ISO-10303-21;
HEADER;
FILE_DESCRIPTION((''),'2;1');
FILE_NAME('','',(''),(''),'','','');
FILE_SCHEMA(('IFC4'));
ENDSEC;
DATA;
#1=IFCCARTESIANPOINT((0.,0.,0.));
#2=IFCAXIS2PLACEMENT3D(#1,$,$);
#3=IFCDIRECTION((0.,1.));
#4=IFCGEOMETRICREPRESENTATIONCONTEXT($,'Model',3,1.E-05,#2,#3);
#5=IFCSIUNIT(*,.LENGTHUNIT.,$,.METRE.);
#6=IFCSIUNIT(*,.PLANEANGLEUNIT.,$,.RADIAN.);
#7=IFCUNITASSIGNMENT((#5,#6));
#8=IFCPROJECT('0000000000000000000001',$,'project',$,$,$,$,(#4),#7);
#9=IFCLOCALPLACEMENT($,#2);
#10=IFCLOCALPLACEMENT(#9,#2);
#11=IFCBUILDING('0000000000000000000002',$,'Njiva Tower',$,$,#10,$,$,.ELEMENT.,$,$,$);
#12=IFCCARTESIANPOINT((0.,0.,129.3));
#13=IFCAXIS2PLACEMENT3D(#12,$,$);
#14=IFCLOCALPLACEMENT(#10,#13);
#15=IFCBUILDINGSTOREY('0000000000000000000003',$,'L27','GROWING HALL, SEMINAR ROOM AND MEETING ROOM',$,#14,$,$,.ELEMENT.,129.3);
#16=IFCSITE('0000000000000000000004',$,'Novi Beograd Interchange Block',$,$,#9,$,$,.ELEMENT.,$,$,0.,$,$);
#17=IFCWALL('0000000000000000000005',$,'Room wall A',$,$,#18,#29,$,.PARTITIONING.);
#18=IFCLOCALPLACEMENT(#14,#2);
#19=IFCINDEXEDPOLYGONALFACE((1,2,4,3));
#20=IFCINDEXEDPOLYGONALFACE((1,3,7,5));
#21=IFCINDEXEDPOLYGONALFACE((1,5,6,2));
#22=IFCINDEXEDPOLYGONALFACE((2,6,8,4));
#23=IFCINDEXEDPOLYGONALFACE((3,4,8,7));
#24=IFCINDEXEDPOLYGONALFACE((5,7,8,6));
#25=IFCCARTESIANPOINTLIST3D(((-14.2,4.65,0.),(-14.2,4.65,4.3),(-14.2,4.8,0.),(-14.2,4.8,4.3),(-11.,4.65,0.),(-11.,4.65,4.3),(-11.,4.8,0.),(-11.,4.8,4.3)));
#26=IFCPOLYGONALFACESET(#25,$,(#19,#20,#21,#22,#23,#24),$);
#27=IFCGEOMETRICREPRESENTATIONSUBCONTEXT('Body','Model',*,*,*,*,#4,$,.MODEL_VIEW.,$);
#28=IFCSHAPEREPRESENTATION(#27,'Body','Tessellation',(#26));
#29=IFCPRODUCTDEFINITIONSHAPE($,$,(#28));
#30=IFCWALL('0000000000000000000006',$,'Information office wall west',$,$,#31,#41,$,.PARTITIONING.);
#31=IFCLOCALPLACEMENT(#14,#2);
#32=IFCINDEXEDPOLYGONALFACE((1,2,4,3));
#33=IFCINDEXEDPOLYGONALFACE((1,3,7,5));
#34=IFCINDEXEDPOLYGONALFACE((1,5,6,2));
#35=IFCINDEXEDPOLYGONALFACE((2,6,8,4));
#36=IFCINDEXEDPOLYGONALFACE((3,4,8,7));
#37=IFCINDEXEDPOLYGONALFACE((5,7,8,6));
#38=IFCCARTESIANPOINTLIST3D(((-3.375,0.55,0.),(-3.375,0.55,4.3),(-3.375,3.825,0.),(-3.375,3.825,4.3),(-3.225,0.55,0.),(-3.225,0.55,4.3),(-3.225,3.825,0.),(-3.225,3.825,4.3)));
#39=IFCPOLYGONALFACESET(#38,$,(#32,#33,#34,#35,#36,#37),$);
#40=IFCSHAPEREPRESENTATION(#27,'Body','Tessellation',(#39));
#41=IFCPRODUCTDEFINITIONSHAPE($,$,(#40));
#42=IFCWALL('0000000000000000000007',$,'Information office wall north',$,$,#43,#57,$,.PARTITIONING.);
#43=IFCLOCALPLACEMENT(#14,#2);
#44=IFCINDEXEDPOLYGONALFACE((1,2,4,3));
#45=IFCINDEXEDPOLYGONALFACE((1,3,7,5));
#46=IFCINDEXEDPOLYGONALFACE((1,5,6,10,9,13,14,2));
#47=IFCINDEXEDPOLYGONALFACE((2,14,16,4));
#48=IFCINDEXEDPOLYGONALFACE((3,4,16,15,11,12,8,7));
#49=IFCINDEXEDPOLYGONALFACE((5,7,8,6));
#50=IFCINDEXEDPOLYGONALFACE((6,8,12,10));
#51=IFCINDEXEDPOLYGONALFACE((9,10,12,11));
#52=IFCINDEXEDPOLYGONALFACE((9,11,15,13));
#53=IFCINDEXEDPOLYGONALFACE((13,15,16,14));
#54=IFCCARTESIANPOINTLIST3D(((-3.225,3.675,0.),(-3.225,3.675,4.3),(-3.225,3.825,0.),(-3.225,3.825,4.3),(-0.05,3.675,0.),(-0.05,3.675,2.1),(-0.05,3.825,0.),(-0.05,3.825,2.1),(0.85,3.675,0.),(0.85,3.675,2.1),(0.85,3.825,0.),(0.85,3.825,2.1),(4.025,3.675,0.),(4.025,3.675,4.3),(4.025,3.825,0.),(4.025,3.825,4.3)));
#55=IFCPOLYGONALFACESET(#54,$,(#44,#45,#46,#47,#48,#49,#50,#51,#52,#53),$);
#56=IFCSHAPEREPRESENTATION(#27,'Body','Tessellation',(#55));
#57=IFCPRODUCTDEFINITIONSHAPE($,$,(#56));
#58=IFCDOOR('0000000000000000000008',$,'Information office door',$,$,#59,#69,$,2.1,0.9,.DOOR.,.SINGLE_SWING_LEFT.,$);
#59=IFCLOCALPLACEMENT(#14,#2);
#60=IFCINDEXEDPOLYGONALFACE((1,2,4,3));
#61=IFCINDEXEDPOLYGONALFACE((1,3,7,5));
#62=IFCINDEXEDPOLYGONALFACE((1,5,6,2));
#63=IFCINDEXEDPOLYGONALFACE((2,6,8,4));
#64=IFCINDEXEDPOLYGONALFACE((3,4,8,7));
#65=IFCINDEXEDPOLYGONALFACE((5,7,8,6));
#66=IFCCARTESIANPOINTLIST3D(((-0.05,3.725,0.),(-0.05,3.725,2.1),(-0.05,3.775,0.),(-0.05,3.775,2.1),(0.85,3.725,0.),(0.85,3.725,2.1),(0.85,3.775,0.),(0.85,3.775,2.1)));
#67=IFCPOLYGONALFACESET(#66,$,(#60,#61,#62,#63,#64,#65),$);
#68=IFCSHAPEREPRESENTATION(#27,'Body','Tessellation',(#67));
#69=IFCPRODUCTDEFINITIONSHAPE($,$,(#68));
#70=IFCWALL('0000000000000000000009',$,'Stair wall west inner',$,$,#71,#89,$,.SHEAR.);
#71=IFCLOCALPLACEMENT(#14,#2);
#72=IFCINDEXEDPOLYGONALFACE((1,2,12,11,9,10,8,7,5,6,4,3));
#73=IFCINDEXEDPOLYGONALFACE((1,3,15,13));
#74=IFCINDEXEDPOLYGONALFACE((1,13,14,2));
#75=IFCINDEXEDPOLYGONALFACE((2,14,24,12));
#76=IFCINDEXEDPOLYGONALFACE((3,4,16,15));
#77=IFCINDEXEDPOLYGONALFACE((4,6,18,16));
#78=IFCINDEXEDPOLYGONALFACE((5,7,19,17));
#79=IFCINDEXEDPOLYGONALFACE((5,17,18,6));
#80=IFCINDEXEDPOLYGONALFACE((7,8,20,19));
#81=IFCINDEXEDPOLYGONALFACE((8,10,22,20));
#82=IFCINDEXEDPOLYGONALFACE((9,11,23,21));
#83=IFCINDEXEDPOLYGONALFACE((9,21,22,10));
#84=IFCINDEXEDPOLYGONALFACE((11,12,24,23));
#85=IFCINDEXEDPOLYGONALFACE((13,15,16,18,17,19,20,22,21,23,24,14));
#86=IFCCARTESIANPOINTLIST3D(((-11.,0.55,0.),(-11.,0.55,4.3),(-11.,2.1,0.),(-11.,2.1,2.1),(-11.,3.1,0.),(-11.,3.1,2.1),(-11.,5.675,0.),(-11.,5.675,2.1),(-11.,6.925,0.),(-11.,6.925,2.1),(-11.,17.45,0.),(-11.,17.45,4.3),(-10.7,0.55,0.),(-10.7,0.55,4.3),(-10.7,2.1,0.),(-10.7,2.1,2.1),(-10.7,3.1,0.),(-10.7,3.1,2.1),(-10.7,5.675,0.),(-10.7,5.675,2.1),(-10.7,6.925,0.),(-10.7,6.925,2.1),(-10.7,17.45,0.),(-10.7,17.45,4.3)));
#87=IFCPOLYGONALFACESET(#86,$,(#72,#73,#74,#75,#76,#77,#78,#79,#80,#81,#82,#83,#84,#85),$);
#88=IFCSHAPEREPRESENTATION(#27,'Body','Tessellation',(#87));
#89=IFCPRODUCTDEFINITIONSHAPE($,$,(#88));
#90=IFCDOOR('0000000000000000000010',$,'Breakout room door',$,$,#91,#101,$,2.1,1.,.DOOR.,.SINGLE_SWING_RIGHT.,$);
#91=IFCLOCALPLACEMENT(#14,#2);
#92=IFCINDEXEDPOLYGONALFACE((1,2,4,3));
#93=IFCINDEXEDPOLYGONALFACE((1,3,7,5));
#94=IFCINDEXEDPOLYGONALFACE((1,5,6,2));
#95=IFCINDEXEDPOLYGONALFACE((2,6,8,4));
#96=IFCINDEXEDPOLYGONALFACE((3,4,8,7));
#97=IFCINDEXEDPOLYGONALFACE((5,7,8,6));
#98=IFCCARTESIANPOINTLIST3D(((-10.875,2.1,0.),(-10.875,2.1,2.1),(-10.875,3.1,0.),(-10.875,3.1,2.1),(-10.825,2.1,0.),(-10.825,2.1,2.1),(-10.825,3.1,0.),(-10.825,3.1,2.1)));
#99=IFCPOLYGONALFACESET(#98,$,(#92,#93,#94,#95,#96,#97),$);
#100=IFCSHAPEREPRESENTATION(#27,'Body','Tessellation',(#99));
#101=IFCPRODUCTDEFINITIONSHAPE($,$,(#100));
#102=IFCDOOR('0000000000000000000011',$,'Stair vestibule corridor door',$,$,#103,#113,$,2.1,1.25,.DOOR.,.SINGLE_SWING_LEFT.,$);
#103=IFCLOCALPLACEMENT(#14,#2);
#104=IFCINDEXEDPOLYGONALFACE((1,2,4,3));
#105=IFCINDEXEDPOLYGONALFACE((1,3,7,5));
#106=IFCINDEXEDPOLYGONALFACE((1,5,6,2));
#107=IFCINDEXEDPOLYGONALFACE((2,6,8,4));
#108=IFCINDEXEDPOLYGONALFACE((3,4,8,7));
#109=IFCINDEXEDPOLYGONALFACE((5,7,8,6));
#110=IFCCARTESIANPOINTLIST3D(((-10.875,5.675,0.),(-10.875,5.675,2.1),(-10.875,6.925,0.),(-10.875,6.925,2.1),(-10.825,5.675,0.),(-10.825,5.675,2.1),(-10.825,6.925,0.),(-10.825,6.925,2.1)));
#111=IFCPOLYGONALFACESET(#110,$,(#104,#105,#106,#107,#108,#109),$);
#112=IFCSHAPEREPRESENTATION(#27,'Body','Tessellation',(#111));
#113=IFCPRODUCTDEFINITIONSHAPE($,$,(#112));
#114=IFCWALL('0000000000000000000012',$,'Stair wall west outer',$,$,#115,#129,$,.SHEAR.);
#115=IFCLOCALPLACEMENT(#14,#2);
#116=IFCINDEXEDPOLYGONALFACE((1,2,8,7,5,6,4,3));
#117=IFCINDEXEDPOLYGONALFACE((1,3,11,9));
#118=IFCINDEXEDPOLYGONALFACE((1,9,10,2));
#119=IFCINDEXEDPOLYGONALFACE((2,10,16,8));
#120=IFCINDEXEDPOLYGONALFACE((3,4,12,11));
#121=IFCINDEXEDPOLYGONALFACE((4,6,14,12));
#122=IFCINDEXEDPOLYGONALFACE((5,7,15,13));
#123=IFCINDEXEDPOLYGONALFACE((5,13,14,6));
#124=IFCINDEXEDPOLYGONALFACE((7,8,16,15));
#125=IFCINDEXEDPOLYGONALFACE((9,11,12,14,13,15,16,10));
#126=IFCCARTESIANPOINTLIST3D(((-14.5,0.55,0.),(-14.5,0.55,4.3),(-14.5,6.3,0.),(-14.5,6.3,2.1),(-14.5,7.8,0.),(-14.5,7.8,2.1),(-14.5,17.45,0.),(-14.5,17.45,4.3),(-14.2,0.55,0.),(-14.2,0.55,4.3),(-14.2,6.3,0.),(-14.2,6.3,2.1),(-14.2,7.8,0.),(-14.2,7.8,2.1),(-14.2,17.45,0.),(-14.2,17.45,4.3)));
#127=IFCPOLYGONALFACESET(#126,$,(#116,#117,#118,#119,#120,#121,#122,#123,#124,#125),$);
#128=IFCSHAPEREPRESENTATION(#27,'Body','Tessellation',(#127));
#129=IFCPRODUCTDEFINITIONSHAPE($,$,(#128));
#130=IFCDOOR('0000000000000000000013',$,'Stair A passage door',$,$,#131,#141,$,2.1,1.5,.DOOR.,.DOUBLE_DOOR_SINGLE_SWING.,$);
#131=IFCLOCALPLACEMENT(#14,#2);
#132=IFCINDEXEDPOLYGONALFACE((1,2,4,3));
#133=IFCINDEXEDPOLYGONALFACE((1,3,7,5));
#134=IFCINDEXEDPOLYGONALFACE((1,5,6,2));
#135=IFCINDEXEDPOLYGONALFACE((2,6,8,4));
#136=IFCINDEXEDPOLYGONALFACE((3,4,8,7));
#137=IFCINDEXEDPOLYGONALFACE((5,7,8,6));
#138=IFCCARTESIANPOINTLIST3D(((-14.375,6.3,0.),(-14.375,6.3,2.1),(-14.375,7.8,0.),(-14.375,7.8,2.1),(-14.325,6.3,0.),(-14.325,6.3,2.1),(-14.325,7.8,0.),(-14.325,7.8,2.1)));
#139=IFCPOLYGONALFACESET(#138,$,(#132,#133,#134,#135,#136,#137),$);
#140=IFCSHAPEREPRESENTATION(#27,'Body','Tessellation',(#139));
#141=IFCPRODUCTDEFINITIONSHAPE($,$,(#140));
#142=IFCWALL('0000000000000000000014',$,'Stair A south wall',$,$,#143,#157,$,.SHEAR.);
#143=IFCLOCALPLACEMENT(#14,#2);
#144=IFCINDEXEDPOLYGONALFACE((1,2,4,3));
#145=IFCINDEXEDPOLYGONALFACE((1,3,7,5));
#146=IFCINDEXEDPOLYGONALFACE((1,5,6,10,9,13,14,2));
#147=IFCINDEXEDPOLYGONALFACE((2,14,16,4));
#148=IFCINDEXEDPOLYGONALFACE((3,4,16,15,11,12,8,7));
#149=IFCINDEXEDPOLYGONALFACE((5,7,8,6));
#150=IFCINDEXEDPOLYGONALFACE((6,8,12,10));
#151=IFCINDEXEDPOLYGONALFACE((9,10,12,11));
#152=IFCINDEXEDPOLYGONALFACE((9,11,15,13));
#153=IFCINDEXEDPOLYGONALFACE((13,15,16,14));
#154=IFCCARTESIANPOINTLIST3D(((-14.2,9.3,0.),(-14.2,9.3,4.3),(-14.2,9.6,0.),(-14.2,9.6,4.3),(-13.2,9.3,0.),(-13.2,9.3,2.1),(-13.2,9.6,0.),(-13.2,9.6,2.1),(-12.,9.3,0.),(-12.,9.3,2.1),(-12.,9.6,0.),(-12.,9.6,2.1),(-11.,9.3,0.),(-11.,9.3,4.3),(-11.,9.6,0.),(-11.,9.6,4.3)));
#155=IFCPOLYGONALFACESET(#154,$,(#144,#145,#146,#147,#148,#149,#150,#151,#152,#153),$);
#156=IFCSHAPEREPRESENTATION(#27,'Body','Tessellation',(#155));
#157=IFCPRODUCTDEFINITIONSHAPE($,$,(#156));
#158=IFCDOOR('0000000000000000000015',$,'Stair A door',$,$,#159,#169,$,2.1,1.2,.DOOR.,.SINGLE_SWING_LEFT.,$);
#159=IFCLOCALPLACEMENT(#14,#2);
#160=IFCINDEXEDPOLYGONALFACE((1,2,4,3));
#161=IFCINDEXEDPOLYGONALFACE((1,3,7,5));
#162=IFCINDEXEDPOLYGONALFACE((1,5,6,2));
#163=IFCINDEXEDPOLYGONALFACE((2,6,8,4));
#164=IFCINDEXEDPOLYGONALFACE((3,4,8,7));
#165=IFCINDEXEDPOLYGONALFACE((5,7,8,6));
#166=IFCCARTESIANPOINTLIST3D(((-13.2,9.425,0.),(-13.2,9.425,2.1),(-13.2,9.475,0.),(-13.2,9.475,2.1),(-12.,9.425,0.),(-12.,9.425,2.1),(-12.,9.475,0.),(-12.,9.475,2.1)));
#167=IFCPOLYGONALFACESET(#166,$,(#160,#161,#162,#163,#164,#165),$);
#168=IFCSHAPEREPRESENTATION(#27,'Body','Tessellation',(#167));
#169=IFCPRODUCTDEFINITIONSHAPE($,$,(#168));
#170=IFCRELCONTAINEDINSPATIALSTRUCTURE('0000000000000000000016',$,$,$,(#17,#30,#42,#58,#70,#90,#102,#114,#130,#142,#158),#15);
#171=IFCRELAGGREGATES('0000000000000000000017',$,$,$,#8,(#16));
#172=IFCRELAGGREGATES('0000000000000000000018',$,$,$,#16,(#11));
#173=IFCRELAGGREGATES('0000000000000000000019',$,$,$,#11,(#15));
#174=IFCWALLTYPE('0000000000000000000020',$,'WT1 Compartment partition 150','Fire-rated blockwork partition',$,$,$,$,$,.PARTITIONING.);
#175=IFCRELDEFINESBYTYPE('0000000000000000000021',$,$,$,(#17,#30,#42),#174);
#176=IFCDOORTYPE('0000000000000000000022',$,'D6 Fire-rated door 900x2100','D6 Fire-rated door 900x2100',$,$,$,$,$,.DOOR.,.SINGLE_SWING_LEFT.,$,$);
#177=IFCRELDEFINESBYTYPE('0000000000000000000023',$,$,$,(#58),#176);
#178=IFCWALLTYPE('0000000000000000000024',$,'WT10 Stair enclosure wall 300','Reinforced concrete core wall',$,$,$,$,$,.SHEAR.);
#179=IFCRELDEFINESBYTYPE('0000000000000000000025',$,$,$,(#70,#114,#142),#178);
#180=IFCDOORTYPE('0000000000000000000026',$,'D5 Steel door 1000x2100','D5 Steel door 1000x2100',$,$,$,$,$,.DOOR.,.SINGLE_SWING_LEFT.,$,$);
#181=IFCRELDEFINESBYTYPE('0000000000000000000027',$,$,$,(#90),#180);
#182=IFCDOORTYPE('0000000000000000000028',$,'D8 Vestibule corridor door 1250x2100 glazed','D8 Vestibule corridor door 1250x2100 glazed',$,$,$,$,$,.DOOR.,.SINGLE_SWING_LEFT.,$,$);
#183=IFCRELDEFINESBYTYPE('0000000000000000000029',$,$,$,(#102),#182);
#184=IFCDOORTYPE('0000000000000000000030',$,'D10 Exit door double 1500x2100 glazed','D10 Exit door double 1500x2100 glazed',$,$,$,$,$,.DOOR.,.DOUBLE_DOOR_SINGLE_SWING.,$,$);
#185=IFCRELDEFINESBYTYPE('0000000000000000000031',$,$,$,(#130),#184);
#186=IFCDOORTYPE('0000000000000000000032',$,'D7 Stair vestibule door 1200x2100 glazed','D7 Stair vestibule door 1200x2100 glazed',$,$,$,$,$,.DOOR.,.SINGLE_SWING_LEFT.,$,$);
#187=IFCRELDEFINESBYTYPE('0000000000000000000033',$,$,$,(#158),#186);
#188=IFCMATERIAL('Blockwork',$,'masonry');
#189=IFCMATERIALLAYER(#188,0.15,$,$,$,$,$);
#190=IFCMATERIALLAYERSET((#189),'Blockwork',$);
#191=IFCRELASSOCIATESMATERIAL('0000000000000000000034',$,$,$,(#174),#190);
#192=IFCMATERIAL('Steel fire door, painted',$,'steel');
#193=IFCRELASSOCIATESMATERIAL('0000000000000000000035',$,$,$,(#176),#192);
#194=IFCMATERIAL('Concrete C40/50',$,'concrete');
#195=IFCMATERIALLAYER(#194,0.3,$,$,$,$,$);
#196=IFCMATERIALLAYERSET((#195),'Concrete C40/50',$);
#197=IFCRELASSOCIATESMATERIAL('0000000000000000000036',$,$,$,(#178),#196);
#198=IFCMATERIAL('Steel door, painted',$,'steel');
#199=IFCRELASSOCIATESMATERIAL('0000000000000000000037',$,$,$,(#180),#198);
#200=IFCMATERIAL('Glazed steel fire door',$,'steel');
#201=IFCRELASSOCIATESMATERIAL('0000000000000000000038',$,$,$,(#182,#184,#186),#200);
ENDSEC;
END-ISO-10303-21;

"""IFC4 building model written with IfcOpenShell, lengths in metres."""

from ifc_helpers import new_model, si_unit, direction, frame, frame_2d, origin, place, context, subcontext, project, spatial, rectangle, extrude, material, layer, layer_set, type_object, element, fill, save


model = new_model("IFC4")

# Units and contexts
model_context = context("Model", 3, precision=1e-05, world=origin(), true_north=direction((0.0, 1.0)))
body_context = subcontext(model_context, "Body", "Model", "MODEL_VIEW")
ifc_project = project(units=[si_unit("LENGTHUNIT", "METRE"), si_unit("PLANEANGLEUNIT", "RADIAN")], contexts=[model_context])

# Site, building, storey
site_placement = place(None, origin())
site = spatial("IfcSite", under=ifc_project, at=site_placement, Name="Novi Beograd Interchange Block", CompositionType="ELEMENT", RefElevation=0.0)
building_placement = place(site_placement, origin())
building = spatial("IfcBuilding", under=site, at=building_placement, Name="Njiva Tower", CompositionType="ELEMENT")
storey_placement = place(building_placement, frame((0.0, 0.0, 129.3)))
storey = spatial("IfcBuildingStorey", under=building, at=storey_placement, Name="L27", Description="GROWING HALL, SEMINAR ROOM AND MEETING ROOM", CompositionType="ELEMENT", Elevation=129.3)

# Walls
ifc_material_1 = material(Name="Blockwork", Category="masonry")
ifc_layer_1 = layer(ifc_material_1, 0.15)
ifc_layer_set_1 = layer_set([ifc_layer_1], Name="Blockwork")
wall_type_1 = type_object("IfcWallType", Name="WT1 Compartment partition 150", Description="Fire-rated blockwork partition", PredefinedType="PARTITIONING", material=ifc_layer_set_1)
wall_1_placement = place(storey_placement, frame((-14.2, 4.725, 0.0), z_axis=(0.0, 0.0, 1.0), x_axis=(1.0, 0.0, 0.0)))
element("IfcWall", 1, at=wall_1_placement, inside=storey, type_object=wall_type_1, Name="Room wall A", PredefinedType="PARTITIONING", context=body_context, shape_type="SweptSolid", body=[
    extrude(rectangle(XDim=3.2, YDim=0.15, at=frame_2d((1.6, 0.0))), origin(), (0.0, 0.0, 1.0), 4.3),
])
wall_2_placement = place(storey_placement, frame((-3.3, 0.55, 0.0), z_axis=(0.0, 0.0, 1.0), x_axis=(0.0, 1.0, 0.0)))
element("IfcWall", 2, at=wall_2_placement, inside=storey, type_object=wall_type_1, Name="Information office wall west", PredefinedType="PARTITIONING", context=body_context, shape_type="SweptSolid", body=[
    extrude(rectangle(XDim=3.275, YDim=0.15, at=frame_2d((1.6375, 0.0))), origin(), (0.0, 0.0, 1.0), 4.3),
])

# Wall, opening, door
wall_3_placement = place(storey_placement, frame((-3.225, 3.75, 0.0), z_axis=(0.0, 0.0, 1.0), x_axis=(1.0, 0.0, 0.0)))
wall_3 = element("IfcWall", 3, at=wall_3_placement, inside=storey, type_object=wall_type_1, Name="Information office wall north", PredefinedType="PARTITIONING", context=body_context, shape_type="SweptSolid", body=[
    extrude(rectangle(XDim=7.25, YDim=0.15, at=frame_2d((3.625, 0.0))), origin(), (0.0, 0.0, 1.0), 4.3),
])
opening_1_placement = place(wall_3_placement, frame((3.175, 0.0, 0.0)))
opening_1 = element("IfcOpeningElement", 4, at=opening_1_placement, cuts=wall_3, PredefinedType="OPENING", context=body_context, shape_type="SweptSolid", body=[
    extrude(rectangle(XDim=0.9, YDim=2.1, at=frame_2d((0.45, 1.05))), frame((0.0, 0.085, 0.0), z_axis=(0.0, -1.0, 0.0), x_axis=(1.0, 0.0, 0.0)), (0.0, 0.0, 1.0), 0.17),
])
ifc_material_2 = material(Name="Steel fire door, painted", Category="steel")
door_type_1 = type_object("IfcDoorType", Name="D6 Fire-rated door 900x2100", Description="D6 Fire-rated door 900x2100", OperationType="SINGLE_SWING_LEFT", PredefinedType="DOOR", material=ifc_material_2)
door_1_placement = place(opening_1_placement, origin())
door_1 = element("IfcDoor", 5, at=door_1_placement, inside=storey, type_object=door_type_1, Name="Information office door", OperationType="SINGLE_SWING_LEFT", OverallHeight=2.1, OverallWidth=0.9, PredefinedType="DOOR", context=body_context, shape_type="SweptSolid", body=[
    extrude(rectangle(XDim=0.9, YDim=2.1, at=frame_2d((0.45, 1.05))), frame((0.0, 0.025, 0.0), z_axis=(0.0, -1.0, 0.0), x_axis=(1.0, 0.0, 0.0)), (0.0, 0.0, 1.0), 0.05),
])
fill(opening_1, door_1)

# Wall, openings, doors
ifc_material_3 = material(Name="Concrete C40/50", Category="concrete")
ifc_layer_2 = layer(ifc_material_3, 0.3)
ifc_layer_set_2 = layer_set([ifc_layer_2], Name="Concrete C40/50")
wall_type_2 = type_object("IfcWallType", Name="WT10 Stair enclosure wall 300", Description="Reinforced concrete core wall", PredefinedType="SHEAR", material=ifc_layer_set_2)
wall_4_placement = place(storey_placement, frame((-10.85, 0.55, 0.0), z_axis=(0.0, 0.0, 1.0), x_axis=(0.0, 1.0, 0.0)))
wall_4 = element("IfcWall", 6, at=wall_4_placement, inside=storey, type_object=wall_type_2, Name="Stair wall west inner", PredefinedType="SHEAR", context=body_context, shape_type="SweptSolid", body=[
    extrude(rectangle(XDim=16.9, YDim=0.3, at=frame_2d((8.45, 0.0))), origin(), (0.0, 0.0, 1.0), 4.3),
])
opening_2_placement = place(wall_4_placement, frame((5.125, 0.0, 0.0)))
opening_2 = element("IfcOpeningElement", 7, at=opening_2_placement, cuts=wall_4, PredefinedType="OPENING", context=body_context, shape_type="SweptSolid", body=[
    extrude(rectangle(XDim=1.25, YDim=2.1, at=frame_2d((0.625, 1.05))), frame((0.0, 0.16, 0.0), z_axis=(0.0, -1.0, 0.0), x_axis=(1.0, 0.0, 0.0)), (0.0, 0.0, 1.0), 0.32),
])
opening_3_placement = place(wall_4_placement, frame((1.55, 0.0, 0.0)))
opening_3 = element("IfcOpeningElement", 8, at=opening_3_placement, cuts=wall_4, PredefinedType="OPENING", context=body_context, shape_type="SweptSolid", body=[
    extrude(rectangle(XDim=1.0, YDim=2.1, at=frame_2d((0.5, 1.05))), frame((0.0, 0.16, 0.0), z_axis=(0.0, -1.0, 0.0), x_axis=(1.0, 0.0, 0.0)), (0.0, 0.0, 1.0), 0.32),
])
ifc_material_4 = material(Name="Steel door, painted", Category="steel")
door_type_2 = type_object("IfcDoorType", Name="D5 Steel door 1000x2100", Description="D5 Steel door 1000x2100", OperationType="SINGLE_SWING_LEFT", PredefinedType="DOOR", material=ifc_material_4)
door_2_placement = place(opening_3_placement, origin())
door_2 = element("IfcDoor", 9, at=door_2_placement, inside=storey, type_object=door_type_2, Name="Breakout room door", OperationType="SINGLE_SWING_RIGHT", OverallHeight=2.1, OverallWidth=1.0, PredefinedType="DOOR", context=body_context, shape_type="SweptSolid", body=[
    extrude(rectangle(XDim=1.0, YDim=2.1, at=frame_2d((0.5, 1.05))), frame((0.0, 0.025, 0.0), z_axis=(0.0, -1.0, 0.0), x_axis=(1.0, 0.0, 0.0)), (0.0, 0.0, 1.0), 0.05),
])
fill(opening_3, door_2)
ifc_material_5 = material(Name="Glazed steel fire door", Category="steel")
door_type_3 = type_object("IfcDoorType", Name="D8 Vestibule corridor door 1250x2100 glazed", Description="D8 Vestibule corridor door 1250x2100 glazed", OperationType="SINGLE_SWING_LEFT", PredefinedType="DOOR", material=ifc_material_5)
door_3_placement = place(opening_2_placement, origin())
door_3 = element("IfcDoor", 10, at=door_3_placement, inside=storey, type_object=door_type_3, Name="Stair vestibule corridor door", OperationType="SINGLE_SWING_LEFT", OverallHeight=2.1, OverallWidth=1.25, PredefinedType="DOOR", context=body_context, shape_type="SweptSolid", body=[
    extrude(rectangle(XDim=1.25, YDim=2.1, at=frame_2d((0.625, 1.05))), frame((0.0, 0.025, 0.0), z_axis=(0.0, -1.0, 0.0), x_axis=(1.0, 0.0, 0.0)), (0.0, 0.0, 1.0), 0.05),
])
fill(opening_2, door_3)

# Walls, openings, doors
wall_5_placement = place(storey_placement, frame((-14.35, 0.55, 0.0), z_axis=(0.0, 0.0, 1.0), x_axis=(0.0, 1.0, 0.0)))
wall_5 = element("IfcWall", 11, at=wall_5_placement, inside=storey, type_object=wall_type_2, Name="Stair wall west outer", PredefinedType="SHEAR", context=body_context, shape_type="SweptSolid", body=[
    extrude(rectangle(XDim=16.9, YDim=0.3, at=frame_2d((8.45, 0.0))), origin(), (0.0, 0.0, 1.0), 4.3),
])
opening_4_placement = place(wall_5_placement, frame((5.75, 0.0, 0.0)))
opening_4 = element("IfcOpeningElement", 12, at=opening_4_placement, cuts=wall_5, PredefinedType="OPENING", context=body_context, shape_type="SweptSolid", body=[
    extrude(rectangle(XDim=1.5, YDim=2.1, at=frame_2d((0.75, 1.05))), frame((0.0, 0.16, 0.0), z_axis=(0.0, -1.0, 0.0), x_axis=(1.0, 0.0, 0.0)), (0.0, 0.0, 1.0), 0.32),
])
door_type_4 = type_object("IfcDoorType", Name="D10 Exit door double 1500x2100 glazed", Description="D10 Exit door double 1500x2100 glazed", OperationType="DOUBLE_DOOR_SINGLE_SWING", PredefinedType="DOOR", material=ifc_material_5)
door_4_placement = place(opening_4_placement, origin())
door_4 = element("IfcDoor", 13, at=door_4_placement, inside=storey, type_object=door_type_4, Name="Stair A passage door", OperationType="DOUBLE_DOOR_SINGLE_SWING", OverallHeight=2.1, OverallWidth=1.5, PredefinedType="DOOR", context=body_context, shape_type="SweptSolid", body=[
    extrude(rectangle(XDim=1.5, YDim=2.1, at=frame_2d((0.75, 1.05))), frame((0.0, 0.025, 0.0), z_axis=(0.0, -1.0, 0.0), x_axis=(1.0, 0.0, 0.0)), (0.0, 0.0, 1.0), 0.05),
])
fill(opening_4, door_4)
wall_6_placement = place(storey_placement, frame((-14.2, 9.45, 0.0), z_axis=(0.0, 0.0, 1.0), x_axis=(1.0, 0.0, 0.0)))
wall_6 = element("IfcWall", 14, at=wall_6_placement, inside=storey, type_object=wall_type_2, Name="Stair A south wall", PredefinedType="SHEAR", context=body_context, shape_type="SweptSolid", body=[
    extrude(rectangle(XDim=3.2, YDim=0.3, at=frame_2d((1.6, 0.0))), origin(), (0.0, 0.0, 1.0), 4.3),
])
opening_5_placement = place(wall_6_placement, frame((1.0, 0.0, 0.0)))
opening_5 = element("IfcOpeningElement", 15, at=opening_5_placement, cuts=wall_6, PredefinedType="OPENING", context=body_context, shape_type="SweptSolid", body=[
    extrude(rectangle(XDim=1.2, YDim=2.1, at=frame_2d((0.6, 1.05))), frame((0.0, 0.16, 0.0), z_axis=(0.0, -1.0, 0.0), x_axis=(1.0, 0.0, 0.0)), (0.0, 0.0, 1.0), 0.32),
])
door_type_5 = type_object("IfcDoorType", Name="D7 Stair vestibule door 1200x2100 glazed", Description="D7 Stair vestibule door 1200x2100 glazed", OperationType="SINGLE_SWING_LEFT", PredefinedType="DOOR", material=ifc_material_5)
door_5_placement = place(opening_5_placement, origin())
door_5 = element("IfcDoor", 16, at=door_5_placement, inside=storey, type_object=door_type_5, Name="Stair A door", OperationType="SINGLE_SWING_LEFT", OverallHeight=2.1, OverallWidth=1.2, PredefinedType="DOOR", context=body_context, shape_type="SweptSolid", body=[
    extrude(rectangle(XDim=1.2, YDim=2.1, at=frame_2d((0.6, 1.05))), frame((0.0, 0.025, 0.0), z_axis=(0.0, -1.0, 0.0), x_axis=(1.0, 0.0, 0.0)), (0.0, 0.0, 1.0), 0.05),
])
fill(opening_5, door_5)

save(model, "model.ifc")
